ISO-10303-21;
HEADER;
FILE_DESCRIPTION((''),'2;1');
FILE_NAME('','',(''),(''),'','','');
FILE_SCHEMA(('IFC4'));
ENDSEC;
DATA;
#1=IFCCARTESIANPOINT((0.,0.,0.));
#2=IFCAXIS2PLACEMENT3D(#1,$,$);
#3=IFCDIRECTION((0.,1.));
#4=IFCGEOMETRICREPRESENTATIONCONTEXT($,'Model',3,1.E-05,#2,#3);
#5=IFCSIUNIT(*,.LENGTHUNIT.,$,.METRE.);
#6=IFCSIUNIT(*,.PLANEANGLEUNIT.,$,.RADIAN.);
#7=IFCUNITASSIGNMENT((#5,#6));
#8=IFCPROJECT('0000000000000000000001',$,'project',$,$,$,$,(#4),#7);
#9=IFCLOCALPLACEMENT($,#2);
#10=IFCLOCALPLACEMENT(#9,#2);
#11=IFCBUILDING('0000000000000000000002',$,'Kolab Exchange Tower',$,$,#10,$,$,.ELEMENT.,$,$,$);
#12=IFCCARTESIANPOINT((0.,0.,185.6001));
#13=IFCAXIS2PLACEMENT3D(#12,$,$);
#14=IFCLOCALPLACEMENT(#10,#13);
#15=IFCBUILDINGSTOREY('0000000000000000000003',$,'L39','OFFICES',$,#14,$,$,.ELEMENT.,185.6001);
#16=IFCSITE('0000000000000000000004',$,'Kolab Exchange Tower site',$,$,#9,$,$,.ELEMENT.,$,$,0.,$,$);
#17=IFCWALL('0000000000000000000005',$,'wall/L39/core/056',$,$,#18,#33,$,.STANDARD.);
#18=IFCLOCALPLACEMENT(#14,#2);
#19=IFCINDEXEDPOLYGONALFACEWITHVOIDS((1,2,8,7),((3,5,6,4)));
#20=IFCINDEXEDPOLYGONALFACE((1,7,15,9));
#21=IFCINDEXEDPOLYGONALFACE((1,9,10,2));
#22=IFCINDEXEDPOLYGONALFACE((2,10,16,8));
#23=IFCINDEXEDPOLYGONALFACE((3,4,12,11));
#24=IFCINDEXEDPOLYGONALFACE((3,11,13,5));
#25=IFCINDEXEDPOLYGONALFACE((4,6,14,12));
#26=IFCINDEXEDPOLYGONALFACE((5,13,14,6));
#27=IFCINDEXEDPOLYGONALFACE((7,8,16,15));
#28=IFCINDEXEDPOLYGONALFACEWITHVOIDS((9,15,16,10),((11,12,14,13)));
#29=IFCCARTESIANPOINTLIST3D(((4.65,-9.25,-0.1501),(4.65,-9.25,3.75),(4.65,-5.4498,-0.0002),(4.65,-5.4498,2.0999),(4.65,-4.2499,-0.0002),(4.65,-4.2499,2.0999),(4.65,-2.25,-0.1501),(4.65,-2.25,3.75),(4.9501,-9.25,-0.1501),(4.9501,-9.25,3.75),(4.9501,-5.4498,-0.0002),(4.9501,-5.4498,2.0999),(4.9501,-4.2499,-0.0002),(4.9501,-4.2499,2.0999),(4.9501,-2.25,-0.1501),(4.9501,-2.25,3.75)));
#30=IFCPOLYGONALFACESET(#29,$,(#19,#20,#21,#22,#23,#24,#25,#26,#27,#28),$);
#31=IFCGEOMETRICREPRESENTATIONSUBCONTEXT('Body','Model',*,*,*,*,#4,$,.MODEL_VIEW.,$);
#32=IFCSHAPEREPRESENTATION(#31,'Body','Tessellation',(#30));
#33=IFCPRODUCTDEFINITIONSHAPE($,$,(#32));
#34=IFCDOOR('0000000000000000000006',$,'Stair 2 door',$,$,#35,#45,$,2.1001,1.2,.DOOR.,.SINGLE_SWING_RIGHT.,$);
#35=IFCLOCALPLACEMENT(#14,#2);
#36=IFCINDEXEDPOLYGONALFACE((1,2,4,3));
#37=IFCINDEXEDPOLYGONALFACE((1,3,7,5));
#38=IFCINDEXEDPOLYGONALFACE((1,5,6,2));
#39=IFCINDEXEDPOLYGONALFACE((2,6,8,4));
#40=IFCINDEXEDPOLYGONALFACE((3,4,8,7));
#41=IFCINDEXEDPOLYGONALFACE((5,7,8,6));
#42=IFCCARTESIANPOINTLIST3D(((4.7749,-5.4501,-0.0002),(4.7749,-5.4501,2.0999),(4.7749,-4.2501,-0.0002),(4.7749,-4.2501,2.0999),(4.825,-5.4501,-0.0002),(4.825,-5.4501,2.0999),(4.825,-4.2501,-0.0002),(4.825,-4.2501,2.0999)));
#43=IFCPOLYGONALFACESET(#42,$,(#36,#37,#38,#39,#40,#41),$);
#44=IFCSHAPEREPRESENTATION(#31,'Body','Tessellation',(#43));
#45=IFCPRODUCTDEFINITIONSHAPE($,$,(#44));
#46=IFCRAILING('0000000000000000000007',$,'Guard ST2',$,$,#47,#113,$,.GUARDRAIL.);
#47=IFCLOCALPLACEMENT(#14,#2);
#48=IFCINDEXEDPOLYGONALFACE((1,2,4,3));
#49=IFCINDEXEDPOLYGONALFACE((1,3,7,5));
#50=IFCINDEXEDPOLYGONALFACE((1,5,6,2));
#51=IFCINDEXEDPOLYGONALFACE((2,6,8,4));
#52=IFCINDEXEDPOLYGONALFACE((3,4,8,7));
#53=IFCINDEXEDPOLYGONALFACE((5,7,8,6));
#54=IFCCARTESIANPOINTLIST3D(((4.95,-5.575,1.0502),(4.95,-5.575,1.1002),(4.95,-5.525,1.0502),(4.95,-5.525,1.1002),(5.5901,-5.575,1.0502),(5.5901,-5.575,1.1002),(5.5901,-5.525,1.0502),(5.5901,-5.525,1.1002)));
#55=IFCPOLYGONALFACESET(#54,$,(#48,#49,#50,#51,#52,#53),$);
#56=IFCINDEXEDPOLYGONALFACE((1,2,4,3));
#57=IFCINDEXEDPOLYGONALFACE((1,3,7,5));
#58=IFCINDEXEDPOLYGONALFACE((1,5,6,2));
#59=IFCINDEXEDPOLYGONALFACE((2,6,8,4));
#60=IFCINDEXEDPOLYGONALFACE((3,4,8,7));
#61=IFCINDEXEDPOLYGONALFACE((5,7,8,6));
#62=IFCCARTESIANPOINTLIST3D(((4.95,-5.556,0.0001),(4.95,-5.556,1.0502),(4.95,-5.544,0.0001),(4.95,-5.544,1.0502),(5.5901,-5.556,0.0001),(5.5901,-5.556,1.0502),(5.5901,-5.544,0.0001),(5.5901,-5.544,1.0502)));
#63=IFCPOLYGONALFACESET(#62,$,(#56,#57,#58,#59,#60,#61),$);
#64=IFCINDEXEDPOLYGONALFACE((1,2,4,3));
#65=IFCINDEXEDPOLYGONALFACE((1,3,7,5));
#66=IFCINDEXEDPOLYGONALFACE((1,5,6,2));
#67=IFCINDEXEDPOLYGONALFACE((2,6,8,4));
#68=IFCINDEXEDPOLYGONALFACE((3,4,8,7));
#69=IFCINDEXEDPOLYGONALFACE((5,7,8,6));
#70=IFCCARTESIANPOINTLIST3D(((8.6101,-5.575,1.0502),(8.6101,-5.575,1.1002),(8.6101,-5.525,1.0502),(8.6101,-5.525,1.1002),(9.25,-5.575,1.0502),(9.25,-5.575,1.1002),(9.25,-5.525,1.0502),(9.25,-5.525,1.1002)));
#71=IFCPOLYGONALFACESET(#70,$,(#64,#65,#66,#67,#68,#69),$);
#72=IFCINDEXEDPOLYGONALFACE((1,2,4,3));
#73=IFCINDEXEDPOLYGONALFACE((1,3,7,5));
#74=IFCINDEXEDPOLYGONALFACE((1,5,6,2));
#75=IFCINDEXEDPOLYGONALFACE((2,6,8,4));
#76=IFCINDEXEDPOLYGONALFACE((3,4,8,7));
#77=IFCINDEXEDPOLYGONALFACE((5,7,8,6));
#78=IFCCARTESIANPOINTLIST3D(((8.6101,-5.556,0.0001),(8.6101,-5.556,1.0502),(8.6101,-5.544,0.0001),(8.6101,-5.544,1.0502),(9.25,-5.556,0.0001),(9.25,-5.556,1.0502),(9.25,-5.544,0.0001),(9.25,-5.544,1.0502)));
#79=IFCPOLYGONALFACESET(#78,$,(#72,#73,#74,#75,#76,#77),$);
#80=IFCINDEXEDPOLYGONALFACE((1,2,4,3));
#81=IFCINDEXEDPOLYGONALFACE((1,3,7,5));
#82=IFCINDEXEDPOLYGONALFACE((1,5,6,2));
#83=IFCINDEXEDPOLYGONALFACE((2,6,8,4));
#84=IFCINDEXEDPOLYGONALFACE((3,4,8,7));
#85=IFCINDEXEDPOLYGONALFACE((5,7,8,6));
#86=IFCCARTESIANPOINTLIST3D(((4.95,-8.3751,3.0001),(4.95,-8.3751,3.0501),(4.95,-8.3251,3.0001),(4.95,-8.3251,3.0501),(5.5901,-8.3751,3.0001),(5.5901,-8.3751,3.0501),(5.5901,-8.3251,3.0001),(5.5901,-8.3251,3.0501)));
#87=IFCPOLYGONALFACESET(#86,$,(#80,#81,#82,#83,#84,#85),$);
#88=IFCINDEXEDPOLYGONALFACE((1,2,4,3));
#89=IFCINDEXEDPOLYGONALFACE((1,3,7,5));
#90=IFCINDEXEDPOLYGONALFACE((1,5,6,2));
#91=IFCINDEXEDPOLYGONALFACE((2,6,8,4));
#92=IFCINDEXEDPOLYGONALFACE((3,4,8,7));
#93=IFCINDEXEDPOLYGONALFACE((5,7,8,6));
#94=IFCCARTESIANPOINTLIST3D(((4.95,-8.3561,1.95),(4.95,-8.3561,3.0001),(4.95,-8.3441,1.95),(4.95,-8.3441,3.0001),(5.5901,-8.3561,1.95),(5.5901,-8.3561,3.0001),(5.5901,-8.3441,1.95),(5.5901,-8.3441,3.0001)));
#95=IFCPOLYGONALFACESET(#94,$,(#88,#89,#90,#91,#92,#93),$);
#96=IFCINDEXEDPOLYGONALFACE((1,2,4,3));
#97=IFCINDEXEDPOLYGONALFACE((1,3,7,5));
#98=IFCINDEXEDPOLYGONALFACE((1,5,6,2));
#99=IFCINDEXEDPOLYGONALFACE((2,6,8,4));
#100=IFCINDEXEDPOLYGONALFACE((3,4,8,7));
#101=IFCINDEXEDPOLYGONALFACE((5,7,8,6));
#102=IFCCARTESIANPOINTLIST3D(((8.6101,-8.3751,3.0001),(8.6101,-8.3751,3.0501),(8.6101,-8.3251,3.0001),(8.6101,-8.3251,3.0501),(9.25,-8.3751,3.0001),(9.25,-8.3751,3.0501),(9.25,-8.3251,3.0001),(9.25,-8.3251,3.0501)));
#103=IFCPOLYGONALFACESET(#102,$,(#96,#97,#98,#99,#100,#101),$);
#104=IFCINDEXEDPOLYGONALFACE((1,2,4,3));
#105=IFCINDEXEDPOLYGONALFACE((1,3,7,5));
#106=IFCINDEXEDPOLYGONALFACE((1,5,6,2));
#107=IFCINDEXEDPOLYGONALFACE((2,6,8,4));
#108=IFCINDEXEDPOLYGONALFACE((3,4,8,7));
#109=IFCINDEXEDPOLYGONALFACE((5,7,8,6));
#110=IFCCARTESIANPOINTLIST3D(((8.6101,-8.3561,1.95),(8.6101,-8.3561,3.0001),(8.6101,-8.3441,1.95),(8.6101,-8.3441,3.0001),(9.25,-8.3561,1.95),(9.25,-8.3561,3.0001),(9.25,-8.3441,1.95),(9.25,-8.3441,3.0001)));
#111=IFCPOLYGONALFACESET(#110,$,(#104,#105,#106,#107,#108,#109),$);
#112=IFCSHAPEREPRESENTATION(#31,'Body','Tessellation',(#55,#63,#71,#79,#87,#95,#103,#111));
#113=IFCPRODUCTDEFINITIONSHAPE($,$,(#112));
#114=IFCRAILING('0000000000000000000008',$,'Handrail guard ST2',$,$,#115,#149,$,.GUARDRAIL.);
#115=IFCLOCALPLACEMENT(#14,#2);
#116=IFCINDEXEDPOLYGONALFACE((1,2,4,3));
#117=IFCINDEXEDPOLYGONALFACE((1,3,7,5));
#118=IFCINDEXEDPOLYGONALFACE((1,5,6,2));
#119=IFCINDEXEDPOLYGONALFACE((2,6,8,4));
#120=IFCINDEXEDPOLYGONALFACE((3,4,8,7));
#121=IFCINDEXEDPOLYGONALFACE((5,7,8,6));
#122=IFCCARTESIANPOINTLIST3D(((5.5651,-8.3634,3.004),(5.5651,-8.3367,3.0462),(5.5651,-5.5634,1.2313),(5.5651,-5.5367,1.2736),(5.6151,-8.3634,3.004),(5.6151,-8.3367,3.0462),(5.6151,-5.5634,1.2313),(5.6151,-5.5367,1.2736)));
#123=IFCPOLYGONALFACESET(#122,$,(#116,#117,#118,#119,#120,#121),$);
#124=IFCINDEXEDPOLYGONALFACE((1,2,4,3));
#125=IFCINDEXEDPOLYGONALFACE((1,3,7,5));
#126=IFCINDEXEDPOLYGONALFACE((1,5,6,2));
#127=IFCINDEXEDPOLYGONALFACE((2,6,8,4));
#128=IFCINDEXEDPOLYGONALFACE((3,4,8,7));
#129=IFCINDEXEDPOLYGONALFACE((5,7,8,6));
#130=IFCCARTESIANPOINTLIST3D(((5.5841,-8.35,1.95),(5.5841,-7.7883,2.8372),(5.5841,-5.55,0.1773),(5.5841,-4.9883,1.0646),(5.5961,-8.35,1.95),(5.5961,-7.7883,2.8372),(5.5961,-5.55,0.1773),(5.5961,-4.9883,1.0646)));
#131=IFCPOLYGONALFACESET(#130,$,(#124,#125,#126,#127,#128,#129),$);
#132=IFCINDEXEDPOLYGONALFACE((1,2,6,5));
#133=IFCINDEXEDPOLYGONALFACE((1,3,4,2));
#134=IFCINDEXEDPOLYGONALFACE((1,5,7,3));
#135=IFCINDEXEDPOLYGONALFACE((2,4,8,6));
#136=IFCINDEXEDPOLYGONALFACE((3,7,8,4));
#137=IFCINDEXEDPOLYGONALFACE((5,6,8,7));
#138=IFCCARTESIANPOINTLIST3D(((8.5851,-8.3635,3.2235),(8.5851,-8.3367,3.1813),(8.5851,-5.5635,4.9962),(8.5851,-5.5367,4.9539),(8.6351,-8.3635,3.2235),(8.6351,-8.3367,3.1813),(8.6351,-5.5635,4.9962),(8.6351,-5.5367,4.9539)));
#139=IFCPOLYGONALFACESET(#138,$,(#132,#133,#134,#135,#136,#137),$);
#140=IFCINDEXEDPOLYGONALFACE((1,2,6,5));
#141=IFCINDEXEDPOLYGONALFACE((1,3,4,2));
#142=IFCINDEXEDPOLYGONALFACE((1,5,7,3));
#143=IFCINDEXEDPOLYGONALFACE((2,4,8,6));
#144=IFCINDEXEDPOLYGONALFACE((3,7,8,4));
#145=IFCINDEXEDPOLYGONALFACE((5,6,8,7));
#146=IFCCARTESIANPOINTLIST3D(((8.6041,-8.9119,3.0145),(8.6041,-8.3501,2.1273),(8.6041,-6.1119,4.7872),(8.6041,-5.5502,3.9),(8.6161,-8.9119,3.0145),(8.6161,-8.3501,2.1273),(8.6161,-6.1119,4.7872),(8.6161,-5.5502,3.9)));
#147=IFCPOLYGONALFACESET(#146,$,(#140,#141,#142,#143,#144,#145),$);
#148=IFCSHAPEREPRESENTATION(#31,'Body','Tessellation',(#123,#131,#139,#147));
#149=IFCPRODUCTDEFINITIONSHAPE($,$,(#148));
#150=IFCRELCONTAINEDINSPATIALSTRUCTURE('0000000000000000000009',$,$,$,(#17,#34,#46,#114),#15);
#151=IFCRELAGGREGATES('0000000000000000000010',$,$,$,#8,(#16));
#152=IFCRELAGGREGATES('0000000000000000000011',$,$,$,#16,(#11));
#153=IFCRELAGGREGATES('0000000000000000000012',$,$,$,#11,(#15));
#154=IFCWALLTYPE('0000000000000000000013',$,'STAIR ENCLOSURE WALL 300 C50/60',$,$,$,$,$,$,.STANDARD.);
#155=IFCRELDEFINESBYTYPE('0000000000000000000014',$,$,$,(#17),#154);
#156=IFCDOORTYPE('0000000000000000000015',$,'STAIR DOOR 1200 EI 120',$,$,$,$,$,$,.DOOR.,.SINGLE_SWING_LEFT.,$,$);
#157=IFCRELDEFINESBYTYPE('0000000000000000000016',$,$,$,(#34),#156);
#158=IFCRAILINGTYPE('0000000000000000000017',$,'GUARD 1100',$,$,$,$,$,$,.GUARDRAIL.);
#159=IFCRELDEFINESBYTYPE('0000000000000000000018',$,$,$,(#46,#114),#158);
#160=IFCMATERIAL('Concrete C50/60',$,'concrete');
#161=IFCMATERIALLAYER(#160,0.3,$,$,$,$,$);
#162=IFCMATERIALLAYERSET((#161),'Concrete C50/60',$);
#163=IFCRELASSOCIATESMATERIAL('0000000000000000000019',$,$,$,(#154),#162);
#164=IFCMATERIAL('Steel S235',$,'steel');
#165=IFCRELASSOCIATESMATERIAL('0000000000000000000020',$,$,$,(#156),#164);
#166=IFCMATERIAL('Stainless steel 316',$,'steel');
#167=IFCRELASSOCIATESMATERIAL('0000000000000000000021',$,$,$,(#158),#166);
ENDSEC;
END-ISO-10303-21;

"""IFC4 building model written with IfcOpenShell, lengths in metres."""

from ifc_helpers import new_model, si_unit, direction, frame, frame_2d, origin, origin_2d, place, context, subcontext, project, spatial, rectangle, extrude, material, layer, layer_set, type_object, element, fill, save


model = new_model("IFC4")

# Units and contexts
model_context = context("Model", 3, precision=1e-05, world=origin(), true_north=direction((0.0, 1.0)))
body_context = subcontext(model_context, "Body", "Model", "MODEL_VIEW")
ifc_project = project(units=[si_unit("LENGTHUNIT", "METRE"), si_unit("PLANEANGLEUNIT", "RADIAN")], contexts=[model_context])

# Site, building, storey
site_placement = place(None, origin())
site = spatial("IfcSite", under=ifc_project, at=site_placement, Name="Kolab Exchange Tower site", CompositionType="ELEMENT", RefElevation=0.0)
building_placement = place(site_placement, origin())
building = spatial("IfcBuilding", under=site, at=building_placement, Name="Kolab Exchange Tower", CompositionType="ELEMENT")
storey_placement = place(building_placement, frame((0.0, 0.0, 185.6001)))
storey = spatial("IfcBuildingStorey", under=building, at=storey_placement, Name="L39", Description="OFFICES", CompositionType="ELEMENT", Elevation=185.6001)

# Shared definitions
ifc_material_1 = material(Name="Concrete C50/60", Category="concrete")
ifc_material_2 = material(Name="Stainless steel 316", Category="steel")

# Shared definitions
ifc_layer_1 = layer(ifc_material_1, 0.3)
ifc_layer_set_1 = layer_set([ifc_layer_1], Name="Concrete C50/60")
wall_type_1 = type_object("IfcWallType", Name="STAIR ENCLOSURE WALL 300 C50/60", PredefinedType="STANDARD", material=ifc_layer_set_1)

# Wall, opening, door
wall_1_placement = place(storey_placement, frame((4.8, -9.25, -0.1501), z_axis=(0.0, 0.0, 1.0), x_axis=(0.0, 1.0, 0.0)))
wall_1 = element("IfcWall", 1, at=wall_1_placement, inside=storey, type_object=wall_type_1, Name="wall/L39/core/056", PredefinedType="STANDARD", context=body_context, shape_type="SweptSolid", body=[
    extrude(rectangle(XDim=7.0, YDim=0.3, at=frame_2d((3.5, 0.0))), origin(), (0.0, 0.0, 1.0), 3.9001),
])
opening_1_placement = place(wall_1_placement, frame((3.8, 0.0, 0.1499)))
opening_1 = element("IfcOpeningElement", 2, at=opening_1_placement, cuts=wall_1, PredefinedType="OPENING", context=body_context, shape_type="SweptSolid", body=[
    extrude(rectangle(XDim=1.2, YDim=2.1001, at=frame_2d((0.6001, 1.05))), frame((0.0, 0.1602, 0.0), z_axis=(0.0, -1.0, 0.0), x_axis=(1.0, 0.0, 0.0)), (0.0, 0.0, 1.0), 0.3201),
])
ifc_material_3 = material(Name="Steel S235", Category="steel")
door_type_1 = type_object("IfcDoorType", Name="STAIR DOOR 1200 EI 120", OperationType="SINGLE_SWING_LEFT", PredefinedType="DOOR", material=ifc_material_3)
door_1_placement = place(opening_1_placement, frame((1.2, 0.0, 0.0), z_axis=(0.0, 0.0, 1.0), x_axis=(-1.0, 0.0, 0.0)))
door_1 = element("IfcDoor", 3, at=door_1_placement, inside=storey, type_object=door_type_1, Name="Stair 2 door", OperationType="SINGLE_SWING_RIGHT", OverallHeight=2.1001, OverallWidth=1.2, PredefinedType="DOOR", context=body_context, shape_type="SweptSolid", body=[
    extrude(rectangle(XDim=1.2, YDim=2.1001, at=frame_2d((0.6001, 1.05))), frame((0.0, 0.0249, 0.0), z_axis=(0.0, -1.0, 0.0), x_axis=(1.0, 0.0, 0.0)), (0.0, 0.0, 1.0), 0.05),
])
fill(opening_1, door_1)

# Railings
railing_type = type_object("IfcRailingType", Name="GUARD 1100", PredefinedType="GUARDRAIL", material=ifc_material_2)
railing_1_placement = place(storey_placement, frame((4.95, -5.55, 0.0)))
element("IfcRailing", 4, at=railing_1_placement, inside=storey, type_object=railing_type, Name="Guard ST2", PredefinedType="GUARDRAIL", context=body_context, shape_type="SweptSolid", body=[
    extrude(rectangle(XDim=0.05, YDim=0.05, at=origin_2d()), frame((0.0, 0.0, 1.0752), z_axis=(1.0, 0.0, 0.0), x_axis=(0.0, 1.0, 0.0)), (0.0, 0.0, 1.0), 0.6401),
    extrude(rectangle(XDim=0.012, YDim=1.0501, at=frame_2d((0.0, 0.5251))), frame((0.0, 0.0, 0.0), z_axis=(1.0, 0.0, 0.0), x_axis=(0.0, 1.0, 0.0)), (0.0, 0.0, 1.0), 0.6401),
    extrude(rectangle(XDim=0.05, YDim=0.05, at=origin_2d()), frame((3.6602, 0.0, 1.0752), z_axis=(1.0, 0.0, 0.0), x_axis=(0.0, 1.0, 0.0)), (0.0, 0.0, 1.0), 0.6399),
    extrude(rectangle(XDim=0.012, YDim=1.0501, at=frame_2d((0.0, 0.5251))), frame((3.6602, 0.0, 0.0), z_axis=(1.0, 0.0, 0.0), x_axis=(0.0, 1.0, 0.0)), (0.0, 0.0, 1.0), 0.6399),
    extrude(rectangle(XDim=0.05, YDim=0.05, at=origin_2d()), frame((0.0, -2.8, 3.0251), z_axis=(1.0, 0.0, 0.0), x_axis=(0.0, 1.0, 0.0)), (0.0, 0.0, 1.0), 0.6401),
    extrude(rectangle(XDim=0.012, YDim=1.0501, at=frame_2d((0.0, 0.5251))), frame((0.0, -2.8, 1.95), z_axis=(1.0, 0.0, 0.0), x_axis=(0.0, 1.0, 0.0)), (0.0, 0.0, 1.0), 0.6401),
    extrude(rectangle(XDim=0.05, YDim=0.05, at=origin_2d()), frame((3.6602, -2.8, 3.0251), z_axis=(1.0, 0.0, 0.0), x_axis=(0.0, 1.0, 0.0)), (0.0, 0.0, 1.0), 0.6399),
    extrude(rectangle(XDim=0.012, YDim=1.0501, at=frame_2d((0.0, 0.5251))), frame((3.6602, -2.8, 1.95), z_axis=(1.0, 0.0, 0.0), x_axis=(0.0, 1.0, 0.0)), (0.0, 0.0, 1.0), 0.6399),
])
railing_2_placement = place(storey_placement, frame((5.5901, -5.55, 0.1772)))
element("IfcRailing", 5, at=railing_2_placement, inside=storey, type_object=railing_type, Name="Handrail guard ST2", PredefinedType="GUARDRAIL", context=body_context, shape_type="SweptSolid", body=[
    extrude(rectangle(XDim=0.05, YDim=0.05, at=origin_2d()), frame((0.0, 0.0, 1.0752), z_axis=(0.0, -0.844909, 0.53491), x_axis=(1.0, 0.0, 0.0)), (0.0, 0.0, 1.0), 3.314),
    extrude(rectangle(XDim=0.012, YDim=1.0501, at=frame_2d((0.0, 0.5251))), frame((0.0, 0.0, 0.0), z_axis=(0.0, -0.844909, 0.53491), x_axis=(1.0, 0.0, 0.0)), (0.0, 0.0, 1.0), 3.314),
    extrude(rectangle(XDim=0.05, YDim=0.05, at=origin_2d()), frame((3.02, -2.8, 3.0251), z_axis=(0.0, 0.844909, 0.53491), x_axis=(-1.0, 0.0, 0.0)), (0.0, 0.0, 1.0), 3.314),
    extrude(rectangle(XDim=0.012, YDim=1.0501, at=frame_2d((0.0, 0.5251))), frame((3.02, -2.8, 1.95), z_axis=(0.0, 0.844909, 0.53491), x_axis=(-1.0, 0.0, 0.0)), (0.0, 0.0, 1.0), 3.314),
])

save(model, "model.ifc")
